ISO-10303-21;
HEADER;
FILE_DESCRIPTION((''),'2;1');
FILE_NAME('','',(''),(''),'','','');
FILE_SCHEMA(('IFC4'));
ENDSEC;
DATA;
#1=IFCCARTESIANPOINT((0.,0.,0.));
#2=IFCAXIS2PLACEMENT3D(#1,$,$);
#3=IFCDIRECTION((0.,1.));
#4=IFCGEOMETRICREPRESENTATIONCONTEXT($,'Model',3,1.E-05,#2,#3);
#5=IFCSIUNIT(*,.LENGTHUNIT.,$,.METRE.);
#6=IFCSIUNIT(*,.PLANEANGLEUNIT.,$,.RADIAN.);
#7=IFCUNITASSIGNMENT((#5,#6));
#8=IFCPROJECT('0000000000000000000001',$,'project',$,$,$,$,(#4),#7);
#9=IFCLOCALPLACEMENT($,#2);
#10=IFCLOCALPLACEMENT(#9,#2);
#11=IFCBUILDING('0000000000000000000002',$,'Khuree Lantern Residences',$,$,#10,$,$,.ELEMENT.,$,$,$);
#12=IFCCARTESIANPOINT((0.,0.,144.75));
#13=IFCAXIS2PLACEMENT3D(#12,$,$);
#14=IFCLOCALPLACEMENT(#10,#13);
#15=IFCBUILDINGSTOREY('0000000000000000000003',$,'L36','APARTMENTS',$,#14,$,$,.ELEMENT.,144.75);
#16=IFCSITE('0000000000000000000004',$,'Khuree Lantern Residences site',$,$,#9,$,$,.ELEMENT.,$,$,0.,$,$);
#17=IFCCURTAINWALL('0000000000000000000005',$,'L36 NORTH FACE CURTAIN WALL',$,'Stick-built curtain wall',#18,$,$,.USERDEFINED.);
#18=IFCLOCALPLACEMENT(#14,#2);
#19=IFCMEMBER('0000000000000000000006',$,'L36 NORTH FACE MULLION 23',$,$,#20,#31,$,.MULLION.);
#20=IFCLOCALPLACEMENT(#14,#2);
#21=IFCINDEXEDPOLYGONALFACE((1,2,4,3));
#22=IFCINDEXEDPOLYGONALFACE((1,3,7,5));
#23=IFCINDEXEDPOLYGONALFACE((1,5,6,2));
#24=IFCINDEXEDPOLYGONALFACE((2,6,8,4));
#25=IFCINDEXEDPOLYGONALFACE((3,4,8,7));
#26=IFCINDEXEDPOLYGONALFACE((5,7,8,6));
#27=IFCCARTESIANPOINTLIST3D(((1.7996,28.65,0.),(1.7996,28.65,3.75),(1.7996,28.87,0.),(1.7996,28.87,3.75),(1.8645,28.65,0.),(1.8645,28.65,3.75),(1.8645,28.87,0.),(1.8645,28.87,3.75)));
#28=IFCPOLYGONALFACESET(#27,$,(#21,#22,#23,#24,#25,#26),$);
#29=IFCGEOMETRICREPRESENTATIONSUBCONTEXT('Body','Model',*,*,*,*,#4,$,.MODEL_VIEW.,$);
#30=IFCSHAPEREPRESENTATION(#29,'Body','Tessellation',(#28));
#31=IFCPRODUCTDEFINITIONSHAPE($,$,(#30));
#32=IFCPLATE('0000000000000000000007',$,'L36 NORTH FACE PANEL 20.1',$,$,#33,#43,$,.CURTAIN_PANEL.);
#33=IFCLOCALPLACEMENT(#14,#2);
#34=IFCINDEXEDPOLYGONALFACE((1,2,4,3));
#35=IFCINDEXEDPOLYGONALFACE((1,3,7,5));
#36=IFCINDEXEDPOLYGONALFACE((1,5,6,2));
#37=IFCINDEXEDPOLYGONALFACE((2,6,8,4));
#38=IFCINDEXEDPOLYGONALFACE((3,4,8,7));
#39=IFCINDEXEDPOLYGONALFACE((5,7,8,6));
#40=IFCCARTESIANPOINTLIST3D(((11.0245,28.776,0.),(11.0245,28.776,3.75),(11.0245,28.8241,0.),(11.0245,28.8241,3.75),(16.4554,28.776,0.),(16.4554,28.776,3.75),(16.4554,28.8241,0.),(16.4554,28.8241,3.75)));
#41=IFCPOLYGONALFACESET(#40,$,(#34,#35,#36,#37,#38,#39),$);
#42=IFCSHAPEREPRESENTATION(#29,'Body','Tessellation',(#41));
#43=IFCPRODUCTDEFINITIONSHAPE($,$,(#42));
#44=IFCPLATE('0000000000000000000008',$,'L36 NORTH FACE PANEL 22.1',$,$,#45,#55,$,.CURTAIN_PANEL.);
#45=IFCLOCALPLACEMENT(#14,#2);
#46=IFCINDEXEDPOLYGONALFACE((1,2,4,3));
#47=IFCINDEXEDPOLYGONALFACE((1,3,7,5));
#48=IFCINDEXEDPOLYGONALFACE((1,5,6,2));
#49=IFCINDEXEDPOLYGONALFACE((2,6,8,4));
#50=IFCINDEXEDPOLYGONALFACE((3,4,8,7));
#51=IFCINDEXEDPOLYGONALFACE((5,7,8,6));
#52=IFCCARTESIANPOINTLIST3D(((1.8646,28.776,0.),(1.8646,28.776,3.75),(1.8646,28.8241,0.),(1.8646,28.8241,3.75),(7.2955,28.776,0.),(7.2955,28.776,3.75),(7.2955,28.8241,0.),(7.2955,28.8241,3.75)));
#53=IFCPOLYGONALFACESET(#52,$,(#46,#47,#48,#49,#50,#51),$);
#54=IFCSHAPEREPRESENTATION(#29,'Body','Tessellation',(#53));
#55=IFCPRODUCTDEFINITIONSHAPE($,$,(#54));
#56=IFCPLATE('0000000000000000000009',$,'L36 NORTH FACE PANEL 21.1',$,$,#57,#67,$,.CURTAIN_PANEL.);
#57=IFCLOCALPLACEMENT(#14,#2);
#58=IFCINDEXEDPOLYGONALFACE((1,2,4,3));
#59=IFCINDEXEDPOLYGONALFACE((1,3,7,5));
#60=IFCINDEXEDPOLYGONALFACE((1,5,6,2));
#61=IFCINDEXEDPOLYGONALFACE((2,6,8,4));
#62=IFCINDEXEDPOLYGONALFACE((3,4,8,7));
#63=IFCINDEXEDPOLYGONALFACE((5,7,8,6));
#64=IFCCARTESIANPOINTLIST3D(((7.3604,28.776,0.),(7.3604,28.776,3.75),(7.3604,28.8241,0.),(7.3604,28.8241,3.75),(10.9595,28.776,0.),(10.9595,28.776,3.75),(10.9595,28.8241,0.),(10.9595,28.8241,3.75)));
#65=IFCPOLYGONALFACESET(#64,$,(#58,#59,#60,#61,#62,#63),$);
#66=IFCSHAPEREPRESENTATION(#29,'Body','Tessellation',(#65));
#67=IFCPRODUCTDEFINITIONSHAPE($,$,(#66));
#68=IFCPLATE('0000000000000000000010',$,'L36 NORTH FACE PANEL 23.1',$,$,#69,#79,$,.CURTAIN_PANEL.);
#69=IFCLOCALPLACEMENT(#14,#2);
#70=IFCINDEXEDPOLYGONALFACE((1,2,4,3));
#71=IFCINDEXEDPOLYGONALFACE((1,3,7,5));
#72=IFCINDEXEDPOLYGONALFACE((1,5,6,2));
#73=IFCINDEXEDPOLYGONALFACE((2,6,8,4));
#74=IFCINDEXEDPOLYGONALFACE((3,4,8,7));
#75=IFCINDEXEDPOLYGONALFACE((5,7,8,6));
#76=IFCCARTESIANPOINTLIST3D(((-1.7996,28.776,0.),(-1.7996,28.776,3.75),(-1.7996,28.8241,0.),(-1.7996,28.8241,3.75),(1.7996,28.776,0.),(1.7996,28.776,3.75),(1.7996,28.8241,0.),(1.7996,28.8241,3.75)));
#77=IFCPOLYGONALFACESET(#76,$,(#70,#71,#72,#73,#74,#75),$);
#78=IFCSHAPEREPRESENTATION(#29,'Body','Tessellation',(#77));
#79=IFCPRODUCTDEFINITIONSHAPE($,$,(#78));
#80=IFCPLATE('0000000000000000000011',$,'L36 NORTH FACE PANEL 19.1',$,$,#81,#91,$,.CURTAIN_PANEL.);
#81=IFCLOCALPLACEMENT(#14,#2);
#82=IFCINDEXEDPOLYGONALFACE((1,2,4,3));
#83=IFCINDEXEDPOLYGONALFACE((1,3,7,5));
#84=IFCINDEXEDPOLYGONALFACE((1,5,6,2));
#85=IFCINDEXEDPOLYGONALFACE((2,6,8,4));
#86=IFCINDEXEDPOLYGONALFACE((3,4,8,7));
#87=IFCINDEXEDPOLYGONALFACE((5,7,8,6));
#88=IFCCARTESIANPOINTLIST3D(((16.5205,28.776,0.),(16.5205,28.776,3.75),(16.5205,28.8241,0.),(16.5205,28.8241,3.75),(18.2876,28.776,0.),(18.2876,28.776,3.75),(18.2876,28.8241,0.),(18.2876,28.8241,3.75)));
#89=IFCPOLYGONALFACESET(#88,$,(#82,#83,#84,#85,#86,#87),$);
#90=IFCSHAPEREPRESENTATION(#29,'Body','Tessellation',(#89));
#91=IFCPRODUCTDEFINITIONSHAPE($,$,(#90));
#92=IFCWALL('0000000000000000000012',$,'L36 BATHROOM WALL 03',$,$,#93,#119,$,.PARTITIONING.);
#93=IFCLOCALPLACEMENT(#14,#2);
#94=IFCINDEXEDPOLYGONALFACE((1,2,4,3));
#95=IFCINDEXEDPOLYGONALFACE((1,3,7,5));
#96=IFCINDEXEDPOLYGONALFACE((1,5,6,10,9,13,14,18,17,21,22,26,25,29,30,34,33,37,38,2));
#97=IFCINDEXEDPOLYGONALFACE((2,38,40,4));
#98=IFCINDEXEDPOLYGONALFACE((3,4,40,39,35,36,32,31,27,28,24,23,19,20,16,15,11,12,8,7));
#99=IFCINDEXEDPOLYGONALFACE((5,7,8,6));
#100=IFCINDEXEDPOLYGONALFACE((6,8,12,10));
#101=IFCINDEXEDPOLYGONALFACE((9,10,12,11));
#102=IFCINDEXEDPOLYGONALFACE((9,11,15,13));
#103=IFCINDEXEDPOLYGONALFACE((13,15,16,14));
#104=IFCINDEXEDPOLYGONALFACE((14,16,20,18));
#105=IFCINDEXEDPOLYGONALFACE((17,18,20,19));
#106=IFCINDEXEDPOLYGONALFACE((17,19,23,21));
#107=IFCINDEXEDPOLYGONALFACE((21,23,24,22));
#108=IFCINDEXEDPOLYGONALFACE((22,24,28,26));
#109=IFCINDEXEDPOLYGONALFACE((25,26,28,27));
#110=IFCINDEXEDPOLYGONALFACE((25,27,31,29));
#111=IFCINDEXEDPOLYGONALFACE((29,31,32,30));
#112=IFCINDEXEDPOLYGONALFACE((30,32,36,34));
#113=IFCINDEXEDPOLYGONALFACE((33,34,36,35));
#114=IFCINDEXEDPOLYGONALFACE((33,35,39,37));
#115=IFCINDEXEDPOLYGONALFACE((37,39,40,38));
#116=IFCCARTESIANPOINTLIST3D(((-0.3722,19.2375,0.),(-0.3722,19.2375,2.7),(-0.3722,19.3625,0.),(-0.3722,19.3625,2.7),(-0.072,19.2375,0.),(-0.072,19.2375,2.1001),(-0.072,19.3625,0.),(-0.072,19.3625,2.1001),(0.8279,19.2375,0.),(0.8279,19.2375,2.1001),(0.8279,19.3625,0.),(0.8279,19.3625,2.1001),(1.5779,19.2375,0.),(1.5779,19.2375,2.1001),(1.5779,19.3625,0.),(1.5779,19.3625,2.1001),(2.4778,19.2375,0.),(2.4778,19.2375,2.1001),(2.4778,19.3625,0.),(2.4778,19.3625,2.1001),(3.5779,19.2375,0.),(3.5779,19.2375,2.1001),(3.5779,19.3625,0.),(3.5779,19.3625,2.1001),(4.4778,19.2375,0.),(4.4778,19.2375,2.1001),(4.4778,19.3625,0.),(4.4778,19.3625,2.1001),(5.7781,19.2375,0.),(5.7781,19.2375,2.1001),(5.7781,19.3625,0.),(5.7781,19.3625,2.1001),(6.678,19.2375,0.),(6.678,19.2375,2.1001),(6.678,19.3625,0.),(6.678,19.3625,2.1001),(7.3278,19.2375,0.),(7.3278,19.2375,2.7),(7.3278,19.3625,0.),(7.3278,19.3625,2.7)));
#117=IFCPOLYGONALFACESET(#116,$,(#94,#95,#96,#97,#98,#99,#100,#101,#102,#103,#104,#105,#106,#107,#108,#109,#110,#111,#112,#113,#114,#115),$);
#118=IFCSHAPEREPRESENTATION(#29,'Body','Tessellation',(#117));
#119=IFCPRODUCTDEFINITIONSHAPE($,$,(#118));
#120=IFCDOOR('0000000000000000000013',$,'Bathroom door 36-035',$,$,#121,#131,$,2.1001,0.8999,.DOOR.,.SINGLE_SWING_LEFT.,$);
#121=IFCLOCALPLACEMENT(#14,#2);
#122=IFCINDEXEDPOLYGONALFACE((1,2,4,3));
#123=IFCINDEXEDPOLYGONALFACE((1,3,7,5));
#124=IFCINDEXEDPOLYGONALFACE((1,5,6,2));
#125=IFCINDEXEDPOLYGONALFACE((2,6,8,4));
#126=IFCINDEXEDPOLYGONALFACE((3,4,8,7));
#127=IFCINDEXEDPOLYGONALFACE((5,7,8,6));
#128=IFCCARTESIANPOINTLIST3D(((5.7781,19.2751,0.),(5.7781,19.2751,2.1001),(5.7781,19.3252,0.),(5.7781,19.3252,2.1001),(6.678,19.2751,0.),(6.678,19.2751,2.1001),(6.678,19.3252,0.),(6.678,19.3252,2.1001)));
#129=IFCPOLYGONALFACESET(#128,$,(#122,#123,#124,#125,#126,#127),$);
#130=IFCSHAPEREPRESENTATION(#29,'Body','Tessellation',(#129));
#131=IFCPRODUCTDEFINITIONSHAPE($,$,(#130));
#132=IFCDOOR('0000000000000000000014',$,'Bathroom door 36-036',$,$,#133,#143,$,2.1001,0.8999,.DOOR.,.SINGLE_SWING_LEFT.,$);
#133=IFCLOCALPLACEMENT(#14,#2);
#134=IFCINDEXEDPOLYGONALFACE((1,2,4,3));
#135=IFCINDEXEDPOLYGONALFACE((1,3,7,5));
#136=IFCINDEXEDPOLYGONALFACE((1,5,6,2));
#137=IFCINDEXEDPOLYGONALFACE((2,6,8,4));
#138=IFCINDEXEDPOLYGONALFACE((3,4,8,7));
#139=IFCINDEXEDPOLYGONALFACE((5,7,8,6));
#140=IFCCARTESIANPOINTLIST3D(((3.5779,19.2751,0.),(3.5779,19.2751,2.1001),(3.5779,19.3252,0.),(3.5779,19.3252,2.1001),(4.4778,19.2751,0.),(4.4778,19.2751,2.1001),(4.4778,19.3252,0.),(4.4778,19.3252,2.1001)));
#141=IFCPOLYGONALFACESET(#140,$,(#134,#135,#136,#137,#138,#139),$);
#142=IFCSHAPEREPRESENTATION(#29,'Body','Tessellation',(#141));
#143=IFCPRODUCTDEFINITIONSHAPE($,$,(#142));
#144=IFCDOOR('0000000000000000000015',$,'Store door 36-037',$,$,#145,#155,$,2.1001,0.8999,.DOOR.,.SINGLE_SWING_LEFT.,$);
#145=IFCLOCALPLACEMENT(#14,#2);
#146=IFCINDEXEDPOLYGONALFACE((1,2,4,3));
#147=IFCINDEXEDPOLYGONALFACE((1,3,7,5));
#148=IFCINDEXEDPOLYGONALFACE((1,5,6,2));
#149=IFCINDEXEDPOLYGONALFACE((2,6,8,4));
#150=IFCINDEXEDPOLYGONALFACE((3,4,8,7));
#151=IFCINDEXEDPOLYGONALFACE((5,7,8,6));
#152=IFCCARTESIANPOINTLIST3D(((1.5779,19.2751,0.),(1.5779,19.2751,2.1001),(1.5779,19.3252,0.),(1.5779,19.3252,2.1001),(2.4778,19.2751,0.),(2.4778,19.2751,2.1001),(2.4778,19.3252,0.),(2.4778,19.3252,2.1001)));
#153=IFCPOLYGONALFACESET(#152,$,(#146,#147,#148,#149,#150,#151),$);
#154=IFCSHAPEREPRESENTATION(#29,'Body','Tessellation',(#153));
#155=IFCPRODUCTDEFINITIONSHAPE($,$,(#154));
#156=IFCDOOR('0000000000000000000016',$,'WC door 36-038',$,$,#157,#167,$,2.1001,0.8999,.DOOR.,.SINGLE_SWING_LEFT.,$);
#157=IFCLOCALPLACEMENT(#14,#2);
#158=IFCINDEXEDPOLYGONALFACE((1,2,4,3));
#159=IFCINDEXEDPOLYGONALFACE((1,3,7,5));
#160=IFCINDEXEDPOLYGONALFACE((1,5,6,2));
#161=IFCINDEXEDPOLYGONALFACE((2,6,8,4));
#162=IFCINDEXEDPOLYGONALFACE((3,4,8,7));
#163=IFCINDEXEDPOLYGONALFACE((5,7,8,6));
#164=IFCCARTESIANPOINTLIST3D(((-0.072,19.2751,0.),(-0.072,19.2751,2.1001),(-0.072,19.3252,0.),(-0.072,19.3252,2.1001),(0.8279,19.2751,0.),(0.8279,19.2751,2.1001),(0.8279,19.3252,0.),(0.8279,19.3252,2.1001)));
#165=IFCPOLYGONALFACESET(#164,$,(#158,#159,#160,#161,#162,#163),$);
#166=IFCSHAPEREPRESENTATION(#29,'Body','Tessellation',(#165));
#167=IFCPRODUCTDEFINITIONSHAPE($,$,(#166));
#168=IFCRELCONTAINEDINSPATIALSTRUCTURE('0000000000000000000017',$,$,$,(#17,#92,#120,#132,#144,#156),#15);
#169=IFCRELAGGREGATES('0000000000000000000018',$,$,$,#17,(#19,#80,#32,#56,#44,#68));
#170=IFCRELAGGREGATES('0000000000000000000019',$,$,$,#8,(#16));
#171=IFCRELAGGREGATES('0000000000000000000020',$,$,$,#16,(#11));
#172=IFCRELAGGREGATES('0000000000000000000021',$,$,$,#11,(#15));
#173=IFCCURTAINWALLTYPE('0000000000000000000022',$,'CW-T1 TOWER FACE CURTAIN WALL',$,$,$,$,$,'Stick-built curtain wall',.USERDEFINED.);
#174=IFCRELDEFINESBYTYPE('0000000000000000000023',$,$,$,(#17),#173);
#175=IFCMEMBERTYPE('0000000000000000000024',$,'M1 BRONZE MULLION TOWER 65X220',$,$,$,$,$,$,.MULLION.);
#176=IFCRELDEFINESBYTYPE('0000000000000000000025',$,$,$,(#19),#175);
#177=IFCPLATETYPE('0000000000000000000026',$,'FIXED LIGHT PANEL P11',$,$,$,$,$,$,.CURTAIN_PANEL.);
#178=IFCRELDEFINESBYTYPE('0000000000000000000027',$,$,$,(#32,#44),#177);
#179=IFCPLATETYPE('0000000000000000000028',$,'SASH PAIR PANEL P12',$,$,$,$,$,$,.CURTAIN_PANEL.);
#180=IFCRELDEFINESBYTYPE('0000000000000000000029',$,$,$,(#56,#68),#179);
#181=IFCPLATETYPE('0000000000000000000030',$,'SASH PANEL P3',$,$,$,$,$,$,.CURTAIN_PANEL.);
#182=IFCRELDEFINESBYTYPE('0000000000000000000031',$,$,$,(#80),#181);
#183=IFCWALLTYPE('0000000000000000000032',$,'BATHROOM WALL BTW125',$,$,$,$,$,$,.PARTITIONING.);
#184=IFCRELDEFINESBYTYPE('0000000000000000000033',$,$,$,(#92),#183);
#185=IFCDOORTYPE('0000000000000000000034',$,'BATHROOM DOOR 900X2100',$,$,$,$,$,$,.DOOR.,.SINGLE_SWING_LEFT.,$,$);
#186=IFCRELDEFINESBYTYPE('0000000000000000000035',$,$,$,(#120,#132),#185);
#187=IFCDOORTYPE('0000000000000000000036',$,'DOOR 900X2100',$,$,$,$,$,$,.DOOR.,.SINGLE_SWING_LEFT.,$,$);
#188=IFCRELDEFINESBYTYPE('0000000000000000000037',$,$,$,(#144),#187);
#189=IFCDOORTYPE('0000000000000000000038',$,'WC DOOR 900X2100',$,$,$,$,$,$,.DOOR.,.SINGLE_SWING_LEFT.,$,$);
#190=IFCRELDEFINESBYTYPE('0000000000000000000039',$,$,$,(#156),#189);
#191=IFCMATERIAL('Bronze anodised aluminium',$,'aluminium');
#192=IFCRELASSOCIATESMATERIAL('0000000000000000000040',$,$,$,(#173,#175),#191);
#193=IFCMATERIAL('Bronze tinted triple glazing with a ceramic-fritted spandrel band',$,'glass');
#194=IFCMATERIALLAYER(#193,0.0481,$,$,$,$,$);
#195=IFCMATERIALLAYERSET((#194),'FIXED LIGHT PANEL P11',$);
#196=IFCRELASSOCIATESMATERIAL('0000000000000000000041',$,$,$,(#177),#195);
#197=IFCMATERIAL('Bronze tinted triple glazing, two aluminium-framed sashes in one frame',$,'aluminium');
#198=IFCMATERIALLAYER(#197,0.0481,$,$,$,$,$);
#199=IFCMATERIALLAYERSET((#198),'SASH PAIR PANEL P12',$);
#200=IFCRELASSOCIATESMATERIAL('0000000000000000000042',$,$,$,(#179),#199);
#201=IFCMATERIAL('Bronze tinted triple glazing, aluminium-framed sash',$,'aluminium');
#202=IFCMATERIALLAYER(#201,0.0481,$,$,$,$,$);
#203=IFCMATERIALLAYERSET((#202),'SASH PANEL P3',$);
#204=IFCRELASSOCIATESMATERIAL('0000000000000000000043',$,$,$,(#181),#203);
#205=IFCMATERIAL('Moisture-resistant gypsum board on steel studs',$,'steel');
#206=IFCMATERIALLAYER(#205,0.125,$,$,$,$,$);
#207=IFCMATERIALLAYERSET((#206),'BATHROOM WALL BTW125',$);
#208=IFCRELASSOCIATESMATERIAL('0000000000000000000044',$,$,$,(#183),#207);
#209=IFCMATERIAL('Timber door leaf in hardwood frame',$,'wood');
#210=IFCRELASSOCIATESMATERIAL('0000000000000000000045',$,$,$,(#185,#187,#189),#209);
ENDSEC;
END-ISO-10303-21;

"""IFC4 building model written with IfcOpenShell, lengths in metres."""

from ifc_helpers import new_model, si_unit, direction, frame, frame_2d, origin, origin_2d, place, context, subcontext, project, spatial, rectangle, extrude, material, layer, layer_set, material_profile, profile_set, type_object, element, fill, aggregate, save


model = new_model("IFC4")

# Units and contexts
model_context = context("Model", 3, precision=1e-05, world=origin(), true_north=direction((0.0, 1.0)))
body_context = subcontext(model_context, "Body", "Model", "MODEL_VIEW")
ifc_project = project(units=[si_unit("LENGTHUNIT", "METRE"), si_unit("PLANEANGLEUNIT", "RADIAN")], contexts=[model_context])

# Site, building, storey
site_placement = place(None, origin())
site = spatial("IfcSite", under=ifc_project, at=site_placement, Name="Khuree Lantern Residences site", CompositionType="ELEMENT", RefElevation=0.0)
building_placement = place(site_placement, origin())
building = spatial("IfcBuilding", under=site, at=building_placement, Name="Khuree Lantern Residences", CompositionType="ELEMENT")
storey_placement = place(building_placement, frame((0.0, 0.0, 144.75)))
storey = spatial("IfcBuildingStorey", under=building, at=storey_placement, Name="L36", Description="APARTMENTS", CompositionType="ELEMENT", Elevation=144.75)

# Curtain wall
ifc_material_1 = material(Name="Bronze anodised aluminium", Category="aluminium")
curtain_wall_type = type_object("IfcCurtainWallType", Name="CW-T1 TOWER FACE CURTAIN WALL", ElementType="Stick-built curtain wall", PredefinedType="USERDEFINED", material=ifc_material_1)
curtain_wall_placement = place(storey_placement, origin())
curtain_wall = element("IfcCurtainWall", 1, at=curtain_wall_placement, inside=storey, type_object=curtain_wall_type, Name="L36 NORTH FACE CURTAIN WALL", ObjectType="Stick-built curtain wall", PredefinedType="USERDEFINED")

# Member
ifc_material_profile_1 = material_profile(ifc_material_1, rectangle(XDim=0.0649, YDim=0.22, at=origin_2d()), Name="M1 65X220")
ifc_profile_set_1 = profile_set([ifc_material_profile_1], Name="Bronze anodised aluminium")
member_type_1 = type_object("IfcMemberType", Name="M1 BRONZE MULLION TOWER 65X220", PredefinedType="MULLION", material=ifc_profile_set_1)
member_1_placement = place(storey_placement, frame((1.832, 28.76, 0.0), z_axis=(0.0, 0.0, 1.0), x_axis=(-1.0, 0.0, 0.0)))
member_1 = element("IfcMember", 2, at=member_1_placement, type_object=member_type_1, Name="L36 NORTH FACE MULLION 23", PredefinedType="MULLION", context=body_context, shape_type="SweptSolid", body=[
    extrude(rectangle(XDim=0.0649, YDim=0.22, at=origin_2d()), origin(), (0.0, 0.0, 1.0), 3.75),
])

# Plates
ifc_material_2 = material(Name="Bronze tinted triple glazing with a ceramic-fritted spandrel band", Category="glass")
ifc_layer_1 = layer(ifc_material_2, 0.0481)
ifc_layer_set_1 = layer_set([ifc_layer_1], Name="FIXED LIGHT PANEL P11")
plate_type_1 = type_object("IfcPlateType", Name="FIXED LIGHT PANEL P11", PredefinedType="CURTAIN_PANEL", material=ifc_layer_set_1)
plate_1_placement = place(storey_placement, frame((13.74, 28.8, 0.0), z_axis=(0.0, 0.0, 1.0), x_axis=(-1.0, 0.0, 0.0)))
plate_1 = element("IfcPlate", 3, at=plate_1_placement, type_object=plate_type_1, Name="L36 NORTH FACE PANEL 20.1", PredefinedType="CURTAIN_PANEL", context=body_context, shape_type="SweptSolid", body=[
    extrude(rectangle(XDim=5.4309, YDim=0.0481, at=origin_2d()), origin(), (0.0, 0.0, 1.0), 3.75),
])
plate_2_placement = place(storey_placement, frame((4.5801, 28.8, 0.0), z_axis=(0.0, 0.0, 1.0), x_axis=(-1.0, 0.0, 0.0)))
plate_2 = element("IfcPlate", 4, at=plate_2_placement, type_object=plate_type_1, Name="L36 NORTH FACE PANEL 22.1", PredefinedType="CURTAIN_PANEL", context=body_context, shape_type="SweptSolid", body=[
    extrude(rectangle(XDim=5.4309, YDim=0.0481, at=origin_2d()), origin(), (0.0, 0.0, 1.0), 3.75),
])
ifc_material_3 = material(Name="Bronze tinted triple glazing, two aluminium-framed sashes in one frame", Category="aluminium")
ifc_layer_2 = layer(ifc_material_3, 0.0481)
ifc_layer_set_2 = layer_set([ifc_layer_2], Name="SASH PAIR PANEL P12")
plate_type_2 = type_object("IfcPlateType", Name="SASH PAIR PANEL P12", PredefinedType="CURTAIN_PANEL", material=ifc_layer_set_2)
plate_3_placement = place(storey_placement, frame((9.1599, 28.8, 0.0), z_axis=(0.0, 0.0, 1.0), x_axis=(-1.0, 0.0, 0.0)))
plate_3 = element("IfcPlate", 5, at=plate_3_placement, type_object=plate_type_2, Name="L36 NORTH FACE PANEL 21.1", PredefinedType="CURTAIN_PANEL", context=body_context, shape_type="SweptSolid", body=[
    extrude(rectangle(XDim=3.5991, YDim=0.0481, at=origin_2d()), origin(), (0.0, 0.0, 1.0), 3.75),
])
plate_4_placement = place(storey_placement, frame((0.0, 28.8, 0.0), z_axis=(0.0, 0.0, 1.0), x_axis=(-1.0, 0.0, 0.0)))
plate_4 = element("IfcPlate", 6, at=plate_4_placement, type_object=plate_type_2, Name="L36 NORTH FACE PANEL 23.1", PredefinedType="CURTAIN_PANEL", context=body_context, shape_type="SweptSolid", body=[
    extrude(rectangle(XDim=3.5991, YDim=0.0481, at=origin_2d()), origin(), (0.0, 0.0, 1.0), 3.75),
])
ifc_material_4 = material(Name="Bronze tinted triple glazing, aluminium-framed sash", Category="aluminium")
ifc_layer_3 = layer(ifc_material_4, 0.0481)
ifc_layer_set_3 = layer_set([ifc_layer_3], Name="SASH PANEL P3")
plate_type_3 = type_object("IfcPlateType", Name="SASH PANEL P3", PredefinedType="CURTAIN_PANEL", material=ifc_layer_set_3)
plate_5_placement = place(storey_placement, frame((17.4041, 28.8, 0.0), z_axis=(0.0, 0.0, 1.0), x_axis=(-1.0, 0.0, 0.0)))
plate_5 = element("IfcPlate", 7, at=plate_5_placement, type_object=plate_type_3, Name="L36 NORTH FACE PANEL 19.1", PredefinedType="CURTAIN_PANEL", context=body_context, shape_type="SweptSolid", body=[
    extrude(rectangle(XDim=1.7671, YDim=0.0481, at=origin_2d()), origin(), (0.0, 0.0, 1.0), 3.75),
])
aggregate(curtain_wall, [member_1, plate_5, plate_1, plate_3, plate_2, plate_4])

# Wall, openings, doors
ifc_material_5 = material(Name="Moisture-resistant gypsum board on steel studs", Category="steel")
ifc_layer_4 = layer(ifc_material_5, 0.125)
ifc_layer_set_4 = layer_set([ifc_layer_4], Name="BATHROOM WALL BTW125")
wall_type_1 = type_object("IfcWallType", Name="BATHROOM WALL BTW125", PredefinedType="PARTITIONING", material=ifc_layer_set_4)
wall_1_placement = place(storey_placement, frame((7.3279, 19.3, 0.0), z_axis=(0.0, 0.0, 1.0), x_axis=(-1.0, 0.0, 0.0)))
wall_1 = element("IfcWall", 8, at=wall_1_placement, inside=storey, type_object=wall_type_1, Name="L36 BATHROOM WALL 03", PredefinedType="PARTITIONING", context=body_context, shape_type="SweptSolid", body=[
    extrude(rectangle(XDim=7.7, YDim=0.125, at=frame_2d((3.8501, 0.0))), origin(), (0.0, 0.0, 1.0), 2.7),
])
opening_1_placement = place(wall_1_placement, frame((0.6499, 0.0, 0.0)))
opening_1 = element("IfcOpeningElement", 9, at=opening_1_placement, cuts=wall_1, PredefinedType="OPENING", context=body_context, shape_type="SweptSolid", body=[
    extrude(rectangle(XDim=0.8999, YDim=2.1001, at=frame_2d((0.45, 1.05))), frame((0.0, 0.0725, 0.0), z_axis=(0.0, -1.0, 0.0), x_axis=(1.0, 0.0, 0.0)), (0.0, 0.0, 1.0), 0.145),
])
opening_2_placement = place(wall_1_placement, frame((2.8501, 0.0, 0.0)))
opening_2 = element("IfcOpeningElement", 10, at=opening_2_placement, cuts=wall_1, PredefinedType="OPENING", context=body_context, shape_type="SweptSolid", body=[
    extrude(rectangle(XDim=0.8999, YDim=2.1001, at=frame_2d((0.45, 1.05))), frame((0.0, 0.0725, 0.0), z_axis=(0.0, -1.0, 0.0), x_axis=(1.0, 0.0, 0.0)), (0.0, 0.0, 1.0), 0.145),
])
opening_3_placement = place(wall_1_placement, frame((4.8501, 0.0, 0.0)))
opening_3 = element("IfcOpeningElement", 11, at=opening_3_placement, cuts=wall_1, PredefinedType="OPENING", context=body_context, shape_type="SweptSolid", body=[
    extrude(rectangle(XDim=0.8999, YDim=2.1001, at=frame_2d((0.45, 1.05))), frame((0.0, 0.0725, 0.0), z_axis=(0.0, -1.0, 0.0), x_axis=(1.0, 0.0, 0.0)), (0.0, 0.0, 1.0), 0.145),
])
opening_4_placement = place(wall_1_placement, frame((6.5, 0.0, 0.0)))
opening_4 = element("IfcOpeningElement", 12, at=opening_4_placement, cuts=wall_1, PredefinedType="OPENING", context=body_context, shape_type="SweptSolid", body=[
    extrude(rectangle(XDim=0.8999, YDim=2.1001, at=frame_2d((0.45, 1.05))), frame((0.0, 0.0725, 0.0), z_axis=(0.0, -1.0, 0.0), x_axis=(1.0, 0.0, 0.0)), (0.0, 0.0, 1.0), 0.145),
])
ifc_material_6 = material(Name="Timber door leaf in hardwood frame", Category="wood")
door_type_1 = type_object("IfcDoorType", Name="BATHROOM DOOR 900X2100", OperationType="SINGLE_SWING_LEFT", PredefinedType="DOOR", material=ifc_material_6)
door_1_placement = place(opening_1_placement, origin())
door_1 = element("IfcDoor", 13, at=door_1_placement, inside=storey, type_object=door_type_1, Name="Bathroom door 36-035", OperationType="SINGLE_SWING_LEFT", OverallHeight=2.1001, OverallWidth=0.8999, PredefinedType="DOOR", context=body_context, shape_type="SweptSolid", body=[
    extrude(rectangle(XDim=0.8999, YDim=2.1001, at=frame_2d((0.45, 1.05))), frame((0.0, 0.0249, 0.0), z_axis=(0.0, -1.0, 0.0), x_axis=(1.0, 0.0, 0.0)), (0.0, 0.0, 1.0), 0.05),
])
fill(opening_1, door_1)
door_2_placement = place(opening_2_placement, origin())
door_2 = element("IfcDoor", 14, at=door_2_placement, inside=storey, type_object=door_type_1, Name="Bathroom door 36-036", OperationType="SINGLE_SWING_LEFT", OverallHeight=2.1001, OverallWidth=0.8999, PredefinedType="DOOR", context=body_context, shape_type="SweptSolid", body=[
    extrude(rectangle(XDim=0.8999, YDim=2.1001, at=frame_2d((0.45, 1.05))), frame((0.0, 0.0249, 0.0), z_axis=(0.0, -1.0, 0.0), x_axis=(1.0, 0.0, 0.0)), (0.0, 0.0, 1.0), 0.05),
])
fill(opening_2, door_2)
door_type_2 = type_object("IfcDoorType", Name="DOOR 900X2100", OperationType="SINGLE_SWING_LEFT", PredefinedType="DOOR", material=ifc_material_6)
door_3_placement = place(opening_3_placement, origin())
door_3 = element("IfcDoor", 15, at=door_3_placement, inside=storey, type_object=door_type_2, Name="Store door 36-037", OperationType="SINGLE_SWING_LEFT", OverallHeight=2.1001, OverallWidth=0.8999, PredefinedType="DOOR", context=body_context, shape_type="SweptSolid", body=[
    extrude(rectangle(XDim=0.8999, YDim=2.1001, at=frame_2d((0.45, 1.05))), frame((0.0, 0.0249, 0.0), z_axis=(0.0, -1.0, 0.0), x_axis=(1.0, 0.0, 0.0)), (0.0, 0.0, 1.0), 0.05),
])
fill(opening_3, door_3)
door_type_3 = type_object("IfcDoorType", Name="WC DOOR 900X2100", OperationType="SINGLE_SWING_LEFT", PredefinedType="DOOR", material=ifc_material_6)
door_4_placement = place(opening_4_placement, origin())
door_4 = element("IfcDoor", 16, at=door_4_placement, inside=storey, type_object=door_type_3, Name="WC door 36-038", OperationType="SINGLE_SWING_LEFT", OverallHeight=2.1001, OverallWidth=0.8999, PredefinedType="DOOR", context=body_context, shape_type="SweptSolid", body=[
    extrude(rectangle(XDim=0.8999, YDim=2.1001, at=frame_2d((0.45, 1.05))), frame((0.0, 0.0249, 0.0), z_axis=(0.0, -1.0, 0.0), x_axis=(1.0, 0.0, 0.0)), (0.0, 0.0, 1.0), 0.05),
])
fill(opening_4, door_4)

save(model, "model.ifc")
